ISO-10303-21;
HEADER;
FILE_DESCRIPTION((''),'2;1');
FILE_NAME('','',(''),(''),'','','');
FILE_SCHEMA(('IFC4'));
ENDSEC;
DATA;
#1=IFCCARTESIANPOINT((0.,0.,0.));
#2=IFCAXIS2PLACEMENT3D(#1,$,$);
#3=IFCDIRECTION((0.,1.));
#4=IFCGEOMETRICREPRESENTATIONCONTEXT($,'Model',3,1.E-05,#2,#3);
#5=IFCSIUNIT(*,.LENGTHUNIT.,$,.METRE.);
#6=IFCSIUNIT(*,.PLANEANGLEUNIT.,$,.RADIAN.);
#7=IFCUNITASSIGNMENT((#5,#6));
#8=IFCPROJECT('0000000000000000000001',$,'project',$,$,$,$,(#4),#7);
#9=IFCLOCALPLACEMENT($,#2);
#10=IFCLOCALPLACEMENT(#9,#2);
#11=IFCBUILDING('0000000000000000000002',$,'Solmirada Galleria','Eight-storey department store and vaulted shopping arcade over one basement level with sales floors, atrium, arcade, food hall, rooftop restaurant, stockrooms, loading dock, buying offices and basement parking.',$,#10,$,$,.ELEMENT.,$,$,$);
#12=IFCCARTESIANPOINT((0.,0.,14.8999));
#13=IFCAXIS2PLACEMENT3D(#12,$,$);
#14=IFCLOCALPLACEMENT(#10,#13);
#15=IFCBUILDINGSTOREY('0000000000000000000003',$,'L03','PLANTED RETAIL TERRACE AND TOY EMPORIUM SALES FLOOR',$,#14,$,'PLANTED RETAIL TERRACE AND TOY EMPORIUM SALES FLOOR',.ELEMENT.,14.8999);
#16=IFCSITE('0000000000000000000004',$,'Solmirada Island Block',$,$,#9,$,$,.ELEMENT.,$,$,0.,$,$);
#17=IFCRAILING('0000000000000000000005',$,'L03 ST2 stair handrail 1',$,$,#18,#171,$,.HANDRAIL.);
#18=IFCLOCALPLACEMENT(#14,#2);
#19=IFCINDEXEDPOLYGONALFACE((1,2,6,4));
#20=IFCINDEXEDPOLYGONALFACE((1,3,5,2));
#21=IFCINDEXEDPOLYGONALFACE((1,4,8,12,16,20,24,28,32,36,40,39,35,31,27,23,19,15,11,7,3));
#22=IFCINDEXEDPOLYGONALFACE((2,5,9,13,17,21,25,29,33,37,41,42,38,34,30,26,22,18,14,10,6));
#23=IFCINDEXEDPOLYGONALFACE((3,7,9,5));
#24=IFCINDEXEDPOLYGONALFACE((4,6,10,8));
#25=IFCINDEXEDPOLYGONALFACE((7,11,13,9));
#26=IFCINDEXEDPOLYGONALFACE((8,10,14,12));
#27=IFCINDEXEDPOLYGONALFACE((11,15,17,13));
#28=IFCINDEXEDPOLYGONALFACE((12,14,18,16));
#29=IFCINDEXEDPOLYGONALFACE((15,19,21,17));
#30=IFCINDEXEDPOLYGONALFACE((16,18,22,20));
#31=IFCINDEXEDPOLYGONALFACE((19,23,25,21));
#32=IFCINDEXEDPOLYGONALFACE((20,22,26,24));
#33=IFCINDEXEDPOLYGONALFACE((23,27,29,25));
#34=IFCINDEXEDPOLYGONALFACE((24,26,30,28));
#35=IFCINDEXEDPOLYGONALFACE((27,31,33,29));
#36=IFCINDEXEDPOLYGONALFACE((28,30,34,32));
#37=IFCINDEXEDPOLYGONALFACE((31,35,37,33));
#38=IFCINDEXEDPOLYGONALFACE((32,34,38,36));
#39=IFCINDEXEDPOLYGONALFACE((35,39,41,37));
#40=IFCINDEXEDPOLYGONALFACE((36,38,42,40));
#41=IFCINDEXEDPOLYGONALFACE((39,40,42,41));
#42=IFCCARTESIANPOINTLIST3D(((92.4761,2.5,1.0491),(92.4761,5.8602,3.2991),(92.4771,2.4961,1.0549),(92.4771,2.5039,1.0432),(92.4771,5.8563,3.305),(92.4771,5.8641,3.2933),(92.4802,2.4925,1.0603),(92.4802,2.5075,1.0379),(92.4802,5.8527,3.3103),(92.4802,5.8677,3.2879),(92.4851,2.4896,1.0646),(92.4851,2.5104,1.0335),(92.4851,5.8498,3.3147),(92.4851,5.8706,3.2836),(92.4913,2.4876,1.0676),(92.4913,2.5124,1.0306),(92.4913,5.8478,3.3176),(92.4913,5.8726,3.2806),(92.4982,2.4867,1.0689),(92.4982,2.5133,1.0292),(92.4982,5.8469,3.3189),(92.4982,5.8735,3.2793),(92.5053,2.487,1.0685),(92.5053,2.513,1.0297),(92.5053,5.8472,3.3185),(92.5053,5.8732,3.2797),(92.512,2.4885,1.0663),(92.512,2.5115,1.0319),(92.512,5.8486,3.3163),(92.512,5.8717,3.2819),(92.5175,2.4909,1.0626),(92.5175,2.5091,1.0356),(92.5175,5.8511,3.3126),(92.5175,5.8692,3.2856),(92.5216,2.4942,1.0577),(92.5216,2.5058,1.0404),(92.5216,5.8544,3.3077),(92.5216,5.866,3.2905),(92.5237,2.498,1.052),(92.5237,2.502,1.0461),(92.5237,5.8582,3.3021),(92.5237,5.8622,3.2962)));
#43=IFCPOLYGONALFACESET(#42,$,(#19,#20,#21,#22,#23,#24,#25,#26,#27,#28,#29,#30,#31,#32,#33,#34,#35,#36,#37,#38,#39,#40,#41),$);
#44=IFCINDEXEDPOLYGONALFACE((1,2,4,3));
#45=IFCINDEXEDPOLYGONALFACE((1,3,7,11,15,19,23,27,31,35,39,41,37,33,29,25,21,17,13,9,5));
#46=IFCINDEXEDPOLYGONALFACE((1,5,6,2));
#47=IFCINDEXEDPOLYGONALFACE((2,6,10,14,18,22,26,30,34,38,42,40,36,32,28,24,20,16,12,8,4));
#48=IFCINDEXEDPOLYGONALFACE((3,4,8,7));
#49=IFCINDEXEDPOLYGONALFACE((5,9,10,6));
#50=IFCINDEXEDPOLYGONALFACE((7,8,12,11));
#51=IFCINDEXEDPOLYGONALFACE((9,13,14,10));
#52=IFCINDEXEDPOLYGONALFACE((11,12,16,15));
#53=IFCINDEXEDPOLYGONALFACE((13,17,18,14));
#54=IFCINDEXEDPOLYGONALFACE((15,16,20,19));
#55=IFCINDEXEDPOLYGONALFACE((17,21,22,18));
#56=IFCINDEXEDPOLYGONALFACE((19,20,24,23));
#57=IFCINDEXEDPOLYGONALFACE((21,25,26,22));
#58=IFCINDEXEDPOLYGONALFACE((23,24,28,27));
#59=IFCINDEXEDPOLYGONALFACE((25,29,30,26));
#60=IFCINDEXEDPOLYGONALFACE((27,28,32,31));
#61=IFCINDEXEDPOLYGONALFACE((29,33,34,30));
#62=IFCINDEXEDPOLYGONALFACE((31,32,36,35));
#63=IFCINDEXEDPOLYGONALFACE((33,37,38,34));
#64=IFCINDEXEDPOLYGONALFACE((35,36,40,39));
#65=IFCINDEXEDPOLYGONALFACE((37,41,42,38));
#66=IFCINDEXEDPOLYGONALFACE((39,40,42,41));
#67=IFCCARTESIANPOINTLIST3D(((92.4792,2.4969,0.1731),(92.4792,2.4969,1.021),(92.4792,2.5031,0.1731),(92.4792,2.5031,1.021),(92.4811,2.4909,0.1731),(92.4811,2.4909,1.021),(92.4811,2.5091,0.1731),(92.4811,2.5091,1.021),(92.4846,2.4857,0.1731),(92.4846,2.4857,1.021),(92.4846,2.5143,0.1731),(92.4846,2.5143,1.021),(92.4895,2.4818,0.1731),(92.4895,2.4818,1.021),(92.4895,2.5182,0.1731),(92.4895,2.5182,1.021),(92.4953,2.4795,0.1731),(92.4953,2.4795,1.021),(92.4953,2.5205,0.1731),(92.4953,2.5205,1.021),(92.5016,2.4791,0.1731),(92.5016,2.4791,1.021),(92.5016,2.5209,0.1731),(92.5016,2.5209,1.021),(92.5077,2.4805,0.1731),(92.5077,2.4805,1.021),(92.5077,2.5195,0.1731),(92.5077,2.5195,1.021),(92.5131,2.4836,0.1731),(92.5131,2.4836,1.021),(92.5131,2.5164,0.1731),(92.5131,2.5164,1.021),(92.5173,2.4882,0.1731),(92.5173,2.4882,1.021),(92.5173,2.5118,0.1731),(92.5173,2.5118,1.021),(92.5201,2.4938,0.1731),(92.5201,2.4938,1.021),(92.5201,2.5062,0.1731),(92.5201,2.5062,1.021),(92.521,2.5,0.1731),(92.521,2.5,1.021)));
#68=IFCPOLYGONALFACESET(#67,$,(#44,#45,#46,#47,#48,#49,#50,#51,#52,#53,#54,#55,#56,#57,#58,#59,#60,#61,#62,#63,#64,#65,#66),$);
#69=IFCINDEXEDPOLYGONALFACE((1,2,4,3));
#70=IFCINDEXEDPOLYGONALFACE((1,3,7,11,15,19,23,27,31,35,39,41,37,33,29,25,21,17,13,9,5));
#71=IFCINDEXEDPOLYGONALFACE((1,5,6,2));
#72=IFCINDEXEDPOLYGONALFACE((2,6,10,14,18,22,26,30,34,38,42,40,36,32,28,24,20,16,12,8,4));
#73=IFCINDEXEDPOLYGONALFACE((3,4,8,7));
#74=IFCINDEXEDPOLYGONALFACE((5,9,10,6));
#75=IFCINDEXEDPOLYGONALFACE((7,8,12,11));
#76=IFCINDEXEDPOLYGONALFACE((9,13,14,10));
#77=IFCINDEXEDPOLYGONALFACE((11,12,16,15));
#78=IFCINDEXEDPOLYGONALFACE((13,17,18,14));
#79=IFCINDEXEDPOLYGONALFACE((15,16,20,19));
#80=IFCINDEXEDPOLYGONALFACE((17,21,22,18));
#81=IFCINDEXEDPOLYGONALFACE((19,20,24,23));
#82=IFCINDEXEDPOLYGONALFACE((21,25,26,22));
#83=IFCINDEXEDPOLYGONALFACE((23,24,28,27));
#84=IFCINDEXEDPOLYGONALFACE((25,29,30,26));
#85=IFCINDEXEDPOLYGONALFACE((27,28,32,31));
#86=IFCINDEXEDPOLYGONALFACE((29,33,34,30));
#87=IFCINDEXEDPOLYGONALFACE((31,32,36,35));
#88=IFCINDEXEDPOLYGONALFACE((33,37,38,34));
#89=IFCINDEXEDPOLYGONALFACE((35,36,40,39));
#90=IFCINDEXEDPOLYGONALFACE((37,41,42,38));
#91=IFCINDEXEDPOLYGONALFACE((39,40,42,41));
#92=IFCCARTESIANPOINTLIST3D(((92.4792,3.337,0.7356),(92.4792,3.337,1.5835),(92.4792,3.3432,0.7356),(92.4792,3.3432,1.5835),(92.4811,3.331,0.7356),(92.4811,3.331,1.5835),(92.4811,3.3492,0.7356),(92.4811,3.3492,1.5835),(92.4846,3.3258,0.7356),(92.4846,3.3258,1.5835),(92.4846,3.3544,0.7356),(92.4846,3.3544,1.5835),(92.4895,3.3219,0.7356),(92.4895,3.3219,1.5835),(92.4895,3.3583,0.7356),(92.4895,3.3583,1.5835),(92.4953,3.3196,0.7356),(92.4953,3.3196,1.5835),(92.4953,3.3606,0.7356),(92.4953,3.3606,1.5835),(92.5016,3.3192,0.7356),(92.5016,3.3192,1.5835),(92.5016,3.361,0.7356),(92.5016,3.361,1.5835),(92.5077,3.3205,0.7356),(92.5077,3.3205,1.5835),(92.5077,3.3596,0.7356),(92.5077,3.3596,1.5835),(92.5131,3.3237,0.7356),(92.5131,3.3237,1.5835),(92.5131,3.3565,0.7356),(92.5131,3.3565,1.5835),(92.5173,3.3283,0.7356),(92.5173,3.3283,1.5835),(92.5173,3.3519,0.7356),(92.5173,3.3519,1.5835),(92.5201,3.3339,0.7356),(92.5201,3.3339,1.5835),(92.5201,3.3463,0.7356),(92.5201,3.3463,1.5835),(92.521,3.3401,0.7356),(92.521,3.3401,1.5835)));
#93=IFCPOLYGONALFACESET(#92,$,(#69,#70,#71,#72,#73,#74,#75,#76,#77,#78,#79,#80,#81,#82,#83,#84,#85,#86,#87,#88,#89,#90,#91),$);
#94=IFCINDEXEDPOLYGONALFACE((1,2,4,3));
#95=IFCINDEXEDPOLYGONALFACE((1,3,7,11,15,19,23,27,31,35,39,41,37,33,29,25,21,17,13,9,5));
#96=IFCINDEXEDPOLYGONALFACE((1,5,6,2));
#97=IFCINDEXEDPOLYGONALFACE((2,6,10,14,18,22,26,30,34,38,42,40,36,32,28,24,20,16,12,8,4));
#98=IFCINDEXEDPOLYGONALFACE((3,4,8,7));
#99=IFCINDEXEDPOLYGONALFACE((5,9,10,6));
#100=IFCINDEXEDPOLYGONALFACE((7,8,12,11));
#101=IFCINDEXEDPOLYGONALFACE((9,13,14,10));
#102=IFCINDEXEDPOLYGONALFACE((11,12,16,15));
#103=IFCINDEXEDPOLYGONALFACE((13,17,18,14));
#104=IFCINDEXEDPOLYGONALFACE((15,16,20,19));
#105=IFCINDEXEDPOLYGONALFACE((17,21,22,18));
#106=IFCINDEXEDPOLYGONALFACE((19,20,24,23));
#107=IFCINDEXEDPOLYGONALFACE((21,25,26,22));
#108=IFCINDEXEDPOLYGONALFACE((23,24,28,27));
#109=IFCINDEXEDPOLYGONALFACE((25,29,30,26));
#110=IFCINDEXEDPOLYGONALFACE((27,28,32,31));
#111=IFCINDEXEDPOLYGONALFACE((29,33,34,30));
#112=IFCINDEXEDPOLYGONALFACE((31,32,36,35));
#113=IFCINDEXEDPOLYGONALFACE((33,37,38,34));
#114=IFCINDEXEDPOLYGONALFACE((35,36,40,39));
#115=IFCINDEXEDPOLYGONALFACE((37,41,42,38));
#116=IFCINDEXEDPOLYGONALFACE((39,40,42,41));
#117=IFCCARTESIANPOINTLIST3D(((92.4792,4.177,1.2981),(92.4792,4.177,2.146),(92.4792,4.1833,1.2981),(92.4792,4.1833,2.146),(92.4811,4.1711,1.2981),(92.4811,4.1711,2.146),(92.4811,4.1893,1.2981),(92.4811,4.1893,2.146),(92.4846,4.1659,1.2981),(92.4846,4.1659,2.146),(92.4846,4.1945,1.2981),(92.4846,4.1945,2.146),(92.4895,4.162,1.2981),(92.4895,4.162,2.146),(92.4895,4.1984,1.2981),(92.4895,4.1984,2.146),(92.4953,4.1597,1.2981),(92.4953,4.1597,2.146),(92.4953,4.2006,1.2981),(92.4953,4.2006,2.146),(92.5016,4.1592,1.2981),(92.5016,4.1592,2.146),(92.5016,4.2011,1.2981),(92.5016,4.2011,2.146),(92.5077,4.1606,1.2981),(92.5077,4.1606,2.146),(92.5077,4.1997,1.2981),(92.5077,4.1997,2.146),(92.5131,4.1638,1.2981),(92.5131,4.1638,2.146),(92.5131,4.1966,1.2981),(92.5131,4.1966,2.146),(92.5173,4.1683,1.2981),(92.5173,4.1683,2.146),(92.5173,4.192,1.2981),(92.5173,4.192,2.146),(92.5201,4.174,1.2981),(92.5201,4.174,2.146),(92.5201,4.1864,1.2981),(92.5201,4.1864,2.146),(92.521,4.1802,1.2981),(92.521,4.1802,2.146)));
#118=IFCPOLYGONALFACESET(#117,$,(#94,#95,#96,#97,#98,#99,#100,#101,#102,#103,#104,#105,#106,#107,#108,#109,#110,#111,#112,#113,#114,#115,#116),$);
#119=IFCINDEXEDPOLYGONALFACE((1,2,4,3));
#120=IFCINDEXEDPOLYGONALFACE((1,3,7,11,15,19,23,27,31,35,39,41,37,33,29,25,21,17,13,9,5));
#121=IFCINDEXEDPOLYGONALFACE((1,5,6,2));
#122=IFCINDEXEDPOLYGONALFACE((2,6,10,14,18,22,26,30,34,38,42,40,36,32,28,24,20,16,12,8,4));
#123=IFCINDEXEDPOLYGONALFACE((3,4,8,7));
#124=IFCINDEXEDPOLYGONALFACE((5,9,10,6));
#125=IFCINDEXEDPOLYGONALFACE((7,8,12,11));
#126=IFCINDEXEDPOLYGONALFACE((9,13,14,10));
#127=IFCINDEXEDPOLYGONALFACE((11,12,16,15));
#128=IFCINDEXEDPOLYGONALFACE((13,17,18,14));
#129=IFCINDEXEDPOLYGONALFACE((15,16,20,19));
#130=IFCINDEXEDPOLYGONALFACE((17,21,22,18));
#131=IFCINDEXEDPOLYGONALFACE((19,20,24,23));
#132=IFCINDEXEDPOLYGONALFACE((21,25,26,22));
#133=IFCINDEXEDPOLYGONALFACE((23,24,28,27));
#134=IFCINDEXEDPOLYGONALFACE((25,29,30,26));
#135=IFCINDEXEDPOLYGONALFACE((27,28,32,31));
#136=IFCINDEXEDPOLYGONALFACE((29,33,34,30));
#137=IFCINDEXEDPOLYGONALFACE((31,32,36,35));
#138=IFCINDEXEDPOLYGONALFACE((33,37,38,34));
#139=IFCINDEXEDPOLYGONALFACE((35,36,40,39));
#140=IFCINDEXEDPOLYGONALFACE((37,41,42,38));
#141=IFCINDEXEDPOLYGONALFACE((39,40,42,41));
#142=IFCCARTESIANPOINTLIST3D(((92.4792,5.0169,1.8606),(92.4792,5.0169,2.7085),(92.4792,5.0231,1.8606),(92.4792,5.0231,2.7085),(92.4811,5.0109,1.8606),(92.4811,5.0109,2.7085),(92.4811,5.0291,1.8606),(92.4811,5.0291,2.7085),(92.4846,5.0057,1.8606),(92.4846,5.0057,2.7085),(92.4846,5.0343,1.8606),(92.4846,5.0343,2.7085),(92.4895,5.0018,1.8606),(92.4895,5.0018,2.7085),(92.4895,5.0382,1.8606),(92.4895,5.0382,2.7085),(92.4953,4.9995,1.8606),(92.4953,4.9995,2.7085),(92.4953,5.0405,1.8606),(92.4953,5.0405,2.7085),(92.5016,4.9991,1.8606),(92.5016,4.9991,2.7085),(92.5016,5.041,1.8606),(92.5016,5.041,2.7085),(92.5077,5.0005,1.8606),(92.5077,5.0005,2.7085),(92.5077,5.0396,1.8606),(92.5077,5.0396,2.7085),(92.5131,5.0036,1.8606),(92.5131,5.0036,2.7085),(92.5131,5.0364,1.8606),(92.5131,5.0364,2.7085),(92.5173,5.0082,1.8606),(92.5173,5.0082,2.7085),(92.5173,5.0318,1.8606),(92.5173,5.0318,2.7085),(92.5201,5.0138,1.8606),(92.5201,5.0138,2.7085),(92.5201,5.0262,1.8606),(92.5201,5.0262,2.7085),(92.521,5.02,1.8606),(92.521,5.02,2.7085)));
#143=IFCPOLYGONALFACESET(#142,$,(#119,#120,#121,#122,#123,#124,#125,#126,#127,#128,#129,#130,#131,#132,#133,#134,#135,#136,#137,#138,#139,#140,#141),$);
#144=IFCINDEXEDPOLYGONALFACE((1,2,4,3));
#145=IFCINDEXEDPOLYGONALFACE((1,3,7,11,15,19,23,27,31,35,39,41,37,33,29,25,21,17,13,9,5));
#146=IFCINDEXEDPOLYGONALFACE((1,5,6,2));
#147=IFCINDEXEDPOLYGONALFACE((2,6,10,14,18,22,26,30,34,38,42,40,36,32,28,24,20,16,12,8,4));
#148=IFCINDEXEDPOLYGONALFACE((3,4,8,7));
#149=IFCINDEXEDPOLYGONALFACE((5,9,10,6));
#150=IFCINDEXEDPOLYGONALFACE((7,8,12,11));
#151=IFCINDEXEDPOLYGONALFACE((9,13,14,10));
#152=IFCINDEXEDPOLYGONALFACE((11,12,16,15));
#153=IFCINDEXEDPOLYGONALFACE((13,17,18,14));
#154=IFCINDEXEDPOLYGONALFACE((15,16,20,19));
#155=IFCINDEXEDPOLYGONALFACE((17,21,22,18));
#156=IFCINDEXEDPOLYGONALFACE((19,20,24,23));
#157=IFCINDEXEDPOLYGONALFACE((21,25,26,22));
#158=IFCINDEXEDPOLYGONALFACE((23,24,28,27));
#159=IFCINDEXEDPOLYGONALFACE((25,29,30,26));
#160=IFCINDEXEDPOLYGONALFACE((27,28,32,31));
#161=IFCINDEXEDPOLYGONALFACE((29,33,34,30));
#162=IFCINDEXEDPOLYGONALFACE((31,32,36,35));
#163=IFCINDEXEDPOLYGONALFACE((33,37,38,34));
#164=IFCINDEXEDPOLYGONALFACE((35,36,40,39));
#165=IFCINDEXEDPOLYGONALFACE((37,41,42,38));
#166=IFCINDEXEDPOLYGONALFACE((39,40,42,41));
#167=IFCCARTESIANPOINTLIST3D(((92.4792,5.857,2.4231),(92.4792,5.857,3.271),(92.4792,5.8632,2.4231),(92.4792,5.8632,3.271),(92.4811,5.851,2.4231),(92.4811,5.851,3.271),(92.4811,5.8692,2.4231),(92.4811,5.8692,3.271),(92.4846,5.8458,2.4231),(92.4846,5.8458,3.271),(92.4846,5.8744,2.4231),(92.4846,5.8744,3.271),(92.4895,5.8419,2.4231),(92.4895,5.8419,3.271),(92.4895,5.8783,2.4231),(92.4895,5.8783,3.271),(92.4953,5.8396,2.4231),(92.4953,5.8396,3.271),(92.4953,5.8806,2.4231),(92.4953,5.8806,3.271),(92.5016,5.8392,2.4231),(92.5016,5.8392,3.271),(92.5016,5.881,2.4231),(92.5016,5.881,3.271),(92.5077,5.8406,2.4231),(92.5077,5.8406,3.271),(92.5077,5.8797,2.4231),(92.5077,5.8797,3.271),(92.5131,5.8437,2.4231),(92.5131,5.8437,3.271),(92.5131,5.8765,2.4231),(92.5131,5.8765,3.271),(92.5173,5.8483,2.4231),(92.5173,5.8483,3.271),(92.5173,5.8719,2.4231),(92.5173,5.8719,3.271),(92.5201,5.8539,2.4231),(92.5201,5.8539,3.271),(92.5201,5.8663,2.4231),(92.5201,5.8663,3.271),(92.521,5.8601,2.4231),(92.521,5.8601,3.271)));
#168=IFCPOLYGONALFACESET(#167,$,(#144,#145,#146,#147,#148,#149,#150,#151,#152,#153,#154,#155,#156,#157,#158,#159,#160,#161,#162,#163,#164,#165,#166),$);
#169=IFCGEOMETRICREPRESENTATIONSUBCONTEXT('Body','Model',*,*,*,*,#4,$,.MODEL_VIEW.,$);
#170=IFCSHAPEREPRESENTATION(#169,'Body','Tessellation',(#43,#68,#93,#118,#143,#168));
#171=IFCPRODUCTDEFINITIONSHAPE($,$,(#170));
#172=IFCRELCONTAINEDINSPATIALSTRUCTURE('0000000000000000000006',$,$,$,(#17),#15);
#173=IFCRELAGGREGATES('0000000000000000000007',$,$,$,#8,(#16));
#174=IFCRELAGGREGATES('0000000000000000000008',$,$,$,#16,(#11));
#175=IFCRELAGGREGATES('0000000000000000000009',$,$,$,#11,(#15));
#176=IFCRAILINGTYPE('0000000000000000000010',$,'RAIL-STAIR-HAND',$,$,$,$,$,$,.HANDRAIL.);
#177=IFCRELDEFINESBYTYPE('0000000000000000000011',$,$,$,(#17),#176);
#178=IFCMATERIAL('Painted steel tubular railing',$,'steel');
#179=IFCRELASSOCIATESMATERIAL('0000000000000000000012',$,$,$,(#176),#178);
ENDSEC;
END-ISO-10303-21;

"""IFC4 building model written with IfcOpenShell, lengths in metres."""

from ifc_helpers import new_model, si_unit, direction, frame, origin, origin_2d, place, context, subcontext, project, spatial, circle, extrude, material, type_object, element, save


model = new_model("IFC4")

# Units and contexts
model_context = context("Model", 3, precision=1e-05, world=origin(), true_north=direction((0.0, 1.0)))
body_context = subcontext(model_context, "Body", "Model", "MODEL_VIEW")
ifc_project = project(units=[si_unit("LENGTHUNIT", "METRE"), si_unit("PLANEANGLEUNIT", "RADIAN")], contexts=[model_context])

# Site, building, storey
site_placement = place(None, origin())
site = spatial("IfcSite", under=ifc_project, at=site_placement, Name="Solmirada Island Block", CompositionType="ELEMENT", RefElevation=0.0)
building_placement = place(site_placement, origin())
building = spatial("IfcBuilding", under=site, at=building_placement, Name="Solmirada Galleria", Description="Eight-storey department store and vaulted shopping arcade over one basement level with sales floors, atrium, arcade, food hall, rooftop restaurant, stockrooms, loading dock, buying offices and basement parking.", CompositionType="ELEMENT")
storey_placement = place(building_placement, frame((0.0, 0.0, 14.8999)))
storey = spatial("IfcBuildingStorey", under=building, at=storey_placement, Name="L03", Description="PLANTED RETAIL TERRACE AND TOY EMPORIUM SALES FLOOR", LongName="PLANTED RETAIL TERRACE AND TOY EMPORIUM SALES FLOOR", CompositionType="ELEMENT", Elevation=14.8999)

# Railing
ifc_material_1 = material(Name="Painted steel tubular railing", Category="steel")
railing_type_1 = type_object("IfcRailingType", Name="RAIL-STAIR-HAND", PredefinedType="HANDRAIL", material=ifc_material_1)
railing_1_placement = place(storey_placement, frame((92.5, 2.5, 0.1731)))
element("IfcRailing", 1, at=railing_1_placement, inside=storey, type_object=railing_type_1, Name="L03 ST2 stair handrail 1", PredefinedType="HANDRAIL", context=body_context, shape_type="SweptSolid", body=[
    extrude(circle(Radius=0.0239, at=origin_2d()), frame((0.0, 0.0, 0.876), z_axis=(0.0, 0.830915, 0.556399), x_axis=(-1.0, 0.0, 0.0)), (0.0, 0.0, 1.0), 4.0439),
    extrude(circle(Radius=0.021, at=origin_2d()), origin(), (0.0, 0.0, 1.0), 0.8479),
    extrude(circle(Radius=0.021, at=origin_2d()), frame((0.0, 0.8401, 0.5625)), (0.0, 0.0, 1.0), 0.8479),
    extrude(circle(Radius=0.021, at=origin_2d()), frame((0.0, 1.6802, 1.125)), (0.0, 0.0, 1.0), 0.8479),
    extrude(circle(Radius=0.021, at=origin_2d()), frame((0.0, 2.52, 1.6875)), (0.0, 0.0, 1.0), 0.8479),
    extrude(circle(Radius=0.021, at=origin_2d()), frame((0.0, 3.3601, 2.25)), (0.0, 0.0, 1.0), 0.8479),
])

save(model, "model.ifc")
